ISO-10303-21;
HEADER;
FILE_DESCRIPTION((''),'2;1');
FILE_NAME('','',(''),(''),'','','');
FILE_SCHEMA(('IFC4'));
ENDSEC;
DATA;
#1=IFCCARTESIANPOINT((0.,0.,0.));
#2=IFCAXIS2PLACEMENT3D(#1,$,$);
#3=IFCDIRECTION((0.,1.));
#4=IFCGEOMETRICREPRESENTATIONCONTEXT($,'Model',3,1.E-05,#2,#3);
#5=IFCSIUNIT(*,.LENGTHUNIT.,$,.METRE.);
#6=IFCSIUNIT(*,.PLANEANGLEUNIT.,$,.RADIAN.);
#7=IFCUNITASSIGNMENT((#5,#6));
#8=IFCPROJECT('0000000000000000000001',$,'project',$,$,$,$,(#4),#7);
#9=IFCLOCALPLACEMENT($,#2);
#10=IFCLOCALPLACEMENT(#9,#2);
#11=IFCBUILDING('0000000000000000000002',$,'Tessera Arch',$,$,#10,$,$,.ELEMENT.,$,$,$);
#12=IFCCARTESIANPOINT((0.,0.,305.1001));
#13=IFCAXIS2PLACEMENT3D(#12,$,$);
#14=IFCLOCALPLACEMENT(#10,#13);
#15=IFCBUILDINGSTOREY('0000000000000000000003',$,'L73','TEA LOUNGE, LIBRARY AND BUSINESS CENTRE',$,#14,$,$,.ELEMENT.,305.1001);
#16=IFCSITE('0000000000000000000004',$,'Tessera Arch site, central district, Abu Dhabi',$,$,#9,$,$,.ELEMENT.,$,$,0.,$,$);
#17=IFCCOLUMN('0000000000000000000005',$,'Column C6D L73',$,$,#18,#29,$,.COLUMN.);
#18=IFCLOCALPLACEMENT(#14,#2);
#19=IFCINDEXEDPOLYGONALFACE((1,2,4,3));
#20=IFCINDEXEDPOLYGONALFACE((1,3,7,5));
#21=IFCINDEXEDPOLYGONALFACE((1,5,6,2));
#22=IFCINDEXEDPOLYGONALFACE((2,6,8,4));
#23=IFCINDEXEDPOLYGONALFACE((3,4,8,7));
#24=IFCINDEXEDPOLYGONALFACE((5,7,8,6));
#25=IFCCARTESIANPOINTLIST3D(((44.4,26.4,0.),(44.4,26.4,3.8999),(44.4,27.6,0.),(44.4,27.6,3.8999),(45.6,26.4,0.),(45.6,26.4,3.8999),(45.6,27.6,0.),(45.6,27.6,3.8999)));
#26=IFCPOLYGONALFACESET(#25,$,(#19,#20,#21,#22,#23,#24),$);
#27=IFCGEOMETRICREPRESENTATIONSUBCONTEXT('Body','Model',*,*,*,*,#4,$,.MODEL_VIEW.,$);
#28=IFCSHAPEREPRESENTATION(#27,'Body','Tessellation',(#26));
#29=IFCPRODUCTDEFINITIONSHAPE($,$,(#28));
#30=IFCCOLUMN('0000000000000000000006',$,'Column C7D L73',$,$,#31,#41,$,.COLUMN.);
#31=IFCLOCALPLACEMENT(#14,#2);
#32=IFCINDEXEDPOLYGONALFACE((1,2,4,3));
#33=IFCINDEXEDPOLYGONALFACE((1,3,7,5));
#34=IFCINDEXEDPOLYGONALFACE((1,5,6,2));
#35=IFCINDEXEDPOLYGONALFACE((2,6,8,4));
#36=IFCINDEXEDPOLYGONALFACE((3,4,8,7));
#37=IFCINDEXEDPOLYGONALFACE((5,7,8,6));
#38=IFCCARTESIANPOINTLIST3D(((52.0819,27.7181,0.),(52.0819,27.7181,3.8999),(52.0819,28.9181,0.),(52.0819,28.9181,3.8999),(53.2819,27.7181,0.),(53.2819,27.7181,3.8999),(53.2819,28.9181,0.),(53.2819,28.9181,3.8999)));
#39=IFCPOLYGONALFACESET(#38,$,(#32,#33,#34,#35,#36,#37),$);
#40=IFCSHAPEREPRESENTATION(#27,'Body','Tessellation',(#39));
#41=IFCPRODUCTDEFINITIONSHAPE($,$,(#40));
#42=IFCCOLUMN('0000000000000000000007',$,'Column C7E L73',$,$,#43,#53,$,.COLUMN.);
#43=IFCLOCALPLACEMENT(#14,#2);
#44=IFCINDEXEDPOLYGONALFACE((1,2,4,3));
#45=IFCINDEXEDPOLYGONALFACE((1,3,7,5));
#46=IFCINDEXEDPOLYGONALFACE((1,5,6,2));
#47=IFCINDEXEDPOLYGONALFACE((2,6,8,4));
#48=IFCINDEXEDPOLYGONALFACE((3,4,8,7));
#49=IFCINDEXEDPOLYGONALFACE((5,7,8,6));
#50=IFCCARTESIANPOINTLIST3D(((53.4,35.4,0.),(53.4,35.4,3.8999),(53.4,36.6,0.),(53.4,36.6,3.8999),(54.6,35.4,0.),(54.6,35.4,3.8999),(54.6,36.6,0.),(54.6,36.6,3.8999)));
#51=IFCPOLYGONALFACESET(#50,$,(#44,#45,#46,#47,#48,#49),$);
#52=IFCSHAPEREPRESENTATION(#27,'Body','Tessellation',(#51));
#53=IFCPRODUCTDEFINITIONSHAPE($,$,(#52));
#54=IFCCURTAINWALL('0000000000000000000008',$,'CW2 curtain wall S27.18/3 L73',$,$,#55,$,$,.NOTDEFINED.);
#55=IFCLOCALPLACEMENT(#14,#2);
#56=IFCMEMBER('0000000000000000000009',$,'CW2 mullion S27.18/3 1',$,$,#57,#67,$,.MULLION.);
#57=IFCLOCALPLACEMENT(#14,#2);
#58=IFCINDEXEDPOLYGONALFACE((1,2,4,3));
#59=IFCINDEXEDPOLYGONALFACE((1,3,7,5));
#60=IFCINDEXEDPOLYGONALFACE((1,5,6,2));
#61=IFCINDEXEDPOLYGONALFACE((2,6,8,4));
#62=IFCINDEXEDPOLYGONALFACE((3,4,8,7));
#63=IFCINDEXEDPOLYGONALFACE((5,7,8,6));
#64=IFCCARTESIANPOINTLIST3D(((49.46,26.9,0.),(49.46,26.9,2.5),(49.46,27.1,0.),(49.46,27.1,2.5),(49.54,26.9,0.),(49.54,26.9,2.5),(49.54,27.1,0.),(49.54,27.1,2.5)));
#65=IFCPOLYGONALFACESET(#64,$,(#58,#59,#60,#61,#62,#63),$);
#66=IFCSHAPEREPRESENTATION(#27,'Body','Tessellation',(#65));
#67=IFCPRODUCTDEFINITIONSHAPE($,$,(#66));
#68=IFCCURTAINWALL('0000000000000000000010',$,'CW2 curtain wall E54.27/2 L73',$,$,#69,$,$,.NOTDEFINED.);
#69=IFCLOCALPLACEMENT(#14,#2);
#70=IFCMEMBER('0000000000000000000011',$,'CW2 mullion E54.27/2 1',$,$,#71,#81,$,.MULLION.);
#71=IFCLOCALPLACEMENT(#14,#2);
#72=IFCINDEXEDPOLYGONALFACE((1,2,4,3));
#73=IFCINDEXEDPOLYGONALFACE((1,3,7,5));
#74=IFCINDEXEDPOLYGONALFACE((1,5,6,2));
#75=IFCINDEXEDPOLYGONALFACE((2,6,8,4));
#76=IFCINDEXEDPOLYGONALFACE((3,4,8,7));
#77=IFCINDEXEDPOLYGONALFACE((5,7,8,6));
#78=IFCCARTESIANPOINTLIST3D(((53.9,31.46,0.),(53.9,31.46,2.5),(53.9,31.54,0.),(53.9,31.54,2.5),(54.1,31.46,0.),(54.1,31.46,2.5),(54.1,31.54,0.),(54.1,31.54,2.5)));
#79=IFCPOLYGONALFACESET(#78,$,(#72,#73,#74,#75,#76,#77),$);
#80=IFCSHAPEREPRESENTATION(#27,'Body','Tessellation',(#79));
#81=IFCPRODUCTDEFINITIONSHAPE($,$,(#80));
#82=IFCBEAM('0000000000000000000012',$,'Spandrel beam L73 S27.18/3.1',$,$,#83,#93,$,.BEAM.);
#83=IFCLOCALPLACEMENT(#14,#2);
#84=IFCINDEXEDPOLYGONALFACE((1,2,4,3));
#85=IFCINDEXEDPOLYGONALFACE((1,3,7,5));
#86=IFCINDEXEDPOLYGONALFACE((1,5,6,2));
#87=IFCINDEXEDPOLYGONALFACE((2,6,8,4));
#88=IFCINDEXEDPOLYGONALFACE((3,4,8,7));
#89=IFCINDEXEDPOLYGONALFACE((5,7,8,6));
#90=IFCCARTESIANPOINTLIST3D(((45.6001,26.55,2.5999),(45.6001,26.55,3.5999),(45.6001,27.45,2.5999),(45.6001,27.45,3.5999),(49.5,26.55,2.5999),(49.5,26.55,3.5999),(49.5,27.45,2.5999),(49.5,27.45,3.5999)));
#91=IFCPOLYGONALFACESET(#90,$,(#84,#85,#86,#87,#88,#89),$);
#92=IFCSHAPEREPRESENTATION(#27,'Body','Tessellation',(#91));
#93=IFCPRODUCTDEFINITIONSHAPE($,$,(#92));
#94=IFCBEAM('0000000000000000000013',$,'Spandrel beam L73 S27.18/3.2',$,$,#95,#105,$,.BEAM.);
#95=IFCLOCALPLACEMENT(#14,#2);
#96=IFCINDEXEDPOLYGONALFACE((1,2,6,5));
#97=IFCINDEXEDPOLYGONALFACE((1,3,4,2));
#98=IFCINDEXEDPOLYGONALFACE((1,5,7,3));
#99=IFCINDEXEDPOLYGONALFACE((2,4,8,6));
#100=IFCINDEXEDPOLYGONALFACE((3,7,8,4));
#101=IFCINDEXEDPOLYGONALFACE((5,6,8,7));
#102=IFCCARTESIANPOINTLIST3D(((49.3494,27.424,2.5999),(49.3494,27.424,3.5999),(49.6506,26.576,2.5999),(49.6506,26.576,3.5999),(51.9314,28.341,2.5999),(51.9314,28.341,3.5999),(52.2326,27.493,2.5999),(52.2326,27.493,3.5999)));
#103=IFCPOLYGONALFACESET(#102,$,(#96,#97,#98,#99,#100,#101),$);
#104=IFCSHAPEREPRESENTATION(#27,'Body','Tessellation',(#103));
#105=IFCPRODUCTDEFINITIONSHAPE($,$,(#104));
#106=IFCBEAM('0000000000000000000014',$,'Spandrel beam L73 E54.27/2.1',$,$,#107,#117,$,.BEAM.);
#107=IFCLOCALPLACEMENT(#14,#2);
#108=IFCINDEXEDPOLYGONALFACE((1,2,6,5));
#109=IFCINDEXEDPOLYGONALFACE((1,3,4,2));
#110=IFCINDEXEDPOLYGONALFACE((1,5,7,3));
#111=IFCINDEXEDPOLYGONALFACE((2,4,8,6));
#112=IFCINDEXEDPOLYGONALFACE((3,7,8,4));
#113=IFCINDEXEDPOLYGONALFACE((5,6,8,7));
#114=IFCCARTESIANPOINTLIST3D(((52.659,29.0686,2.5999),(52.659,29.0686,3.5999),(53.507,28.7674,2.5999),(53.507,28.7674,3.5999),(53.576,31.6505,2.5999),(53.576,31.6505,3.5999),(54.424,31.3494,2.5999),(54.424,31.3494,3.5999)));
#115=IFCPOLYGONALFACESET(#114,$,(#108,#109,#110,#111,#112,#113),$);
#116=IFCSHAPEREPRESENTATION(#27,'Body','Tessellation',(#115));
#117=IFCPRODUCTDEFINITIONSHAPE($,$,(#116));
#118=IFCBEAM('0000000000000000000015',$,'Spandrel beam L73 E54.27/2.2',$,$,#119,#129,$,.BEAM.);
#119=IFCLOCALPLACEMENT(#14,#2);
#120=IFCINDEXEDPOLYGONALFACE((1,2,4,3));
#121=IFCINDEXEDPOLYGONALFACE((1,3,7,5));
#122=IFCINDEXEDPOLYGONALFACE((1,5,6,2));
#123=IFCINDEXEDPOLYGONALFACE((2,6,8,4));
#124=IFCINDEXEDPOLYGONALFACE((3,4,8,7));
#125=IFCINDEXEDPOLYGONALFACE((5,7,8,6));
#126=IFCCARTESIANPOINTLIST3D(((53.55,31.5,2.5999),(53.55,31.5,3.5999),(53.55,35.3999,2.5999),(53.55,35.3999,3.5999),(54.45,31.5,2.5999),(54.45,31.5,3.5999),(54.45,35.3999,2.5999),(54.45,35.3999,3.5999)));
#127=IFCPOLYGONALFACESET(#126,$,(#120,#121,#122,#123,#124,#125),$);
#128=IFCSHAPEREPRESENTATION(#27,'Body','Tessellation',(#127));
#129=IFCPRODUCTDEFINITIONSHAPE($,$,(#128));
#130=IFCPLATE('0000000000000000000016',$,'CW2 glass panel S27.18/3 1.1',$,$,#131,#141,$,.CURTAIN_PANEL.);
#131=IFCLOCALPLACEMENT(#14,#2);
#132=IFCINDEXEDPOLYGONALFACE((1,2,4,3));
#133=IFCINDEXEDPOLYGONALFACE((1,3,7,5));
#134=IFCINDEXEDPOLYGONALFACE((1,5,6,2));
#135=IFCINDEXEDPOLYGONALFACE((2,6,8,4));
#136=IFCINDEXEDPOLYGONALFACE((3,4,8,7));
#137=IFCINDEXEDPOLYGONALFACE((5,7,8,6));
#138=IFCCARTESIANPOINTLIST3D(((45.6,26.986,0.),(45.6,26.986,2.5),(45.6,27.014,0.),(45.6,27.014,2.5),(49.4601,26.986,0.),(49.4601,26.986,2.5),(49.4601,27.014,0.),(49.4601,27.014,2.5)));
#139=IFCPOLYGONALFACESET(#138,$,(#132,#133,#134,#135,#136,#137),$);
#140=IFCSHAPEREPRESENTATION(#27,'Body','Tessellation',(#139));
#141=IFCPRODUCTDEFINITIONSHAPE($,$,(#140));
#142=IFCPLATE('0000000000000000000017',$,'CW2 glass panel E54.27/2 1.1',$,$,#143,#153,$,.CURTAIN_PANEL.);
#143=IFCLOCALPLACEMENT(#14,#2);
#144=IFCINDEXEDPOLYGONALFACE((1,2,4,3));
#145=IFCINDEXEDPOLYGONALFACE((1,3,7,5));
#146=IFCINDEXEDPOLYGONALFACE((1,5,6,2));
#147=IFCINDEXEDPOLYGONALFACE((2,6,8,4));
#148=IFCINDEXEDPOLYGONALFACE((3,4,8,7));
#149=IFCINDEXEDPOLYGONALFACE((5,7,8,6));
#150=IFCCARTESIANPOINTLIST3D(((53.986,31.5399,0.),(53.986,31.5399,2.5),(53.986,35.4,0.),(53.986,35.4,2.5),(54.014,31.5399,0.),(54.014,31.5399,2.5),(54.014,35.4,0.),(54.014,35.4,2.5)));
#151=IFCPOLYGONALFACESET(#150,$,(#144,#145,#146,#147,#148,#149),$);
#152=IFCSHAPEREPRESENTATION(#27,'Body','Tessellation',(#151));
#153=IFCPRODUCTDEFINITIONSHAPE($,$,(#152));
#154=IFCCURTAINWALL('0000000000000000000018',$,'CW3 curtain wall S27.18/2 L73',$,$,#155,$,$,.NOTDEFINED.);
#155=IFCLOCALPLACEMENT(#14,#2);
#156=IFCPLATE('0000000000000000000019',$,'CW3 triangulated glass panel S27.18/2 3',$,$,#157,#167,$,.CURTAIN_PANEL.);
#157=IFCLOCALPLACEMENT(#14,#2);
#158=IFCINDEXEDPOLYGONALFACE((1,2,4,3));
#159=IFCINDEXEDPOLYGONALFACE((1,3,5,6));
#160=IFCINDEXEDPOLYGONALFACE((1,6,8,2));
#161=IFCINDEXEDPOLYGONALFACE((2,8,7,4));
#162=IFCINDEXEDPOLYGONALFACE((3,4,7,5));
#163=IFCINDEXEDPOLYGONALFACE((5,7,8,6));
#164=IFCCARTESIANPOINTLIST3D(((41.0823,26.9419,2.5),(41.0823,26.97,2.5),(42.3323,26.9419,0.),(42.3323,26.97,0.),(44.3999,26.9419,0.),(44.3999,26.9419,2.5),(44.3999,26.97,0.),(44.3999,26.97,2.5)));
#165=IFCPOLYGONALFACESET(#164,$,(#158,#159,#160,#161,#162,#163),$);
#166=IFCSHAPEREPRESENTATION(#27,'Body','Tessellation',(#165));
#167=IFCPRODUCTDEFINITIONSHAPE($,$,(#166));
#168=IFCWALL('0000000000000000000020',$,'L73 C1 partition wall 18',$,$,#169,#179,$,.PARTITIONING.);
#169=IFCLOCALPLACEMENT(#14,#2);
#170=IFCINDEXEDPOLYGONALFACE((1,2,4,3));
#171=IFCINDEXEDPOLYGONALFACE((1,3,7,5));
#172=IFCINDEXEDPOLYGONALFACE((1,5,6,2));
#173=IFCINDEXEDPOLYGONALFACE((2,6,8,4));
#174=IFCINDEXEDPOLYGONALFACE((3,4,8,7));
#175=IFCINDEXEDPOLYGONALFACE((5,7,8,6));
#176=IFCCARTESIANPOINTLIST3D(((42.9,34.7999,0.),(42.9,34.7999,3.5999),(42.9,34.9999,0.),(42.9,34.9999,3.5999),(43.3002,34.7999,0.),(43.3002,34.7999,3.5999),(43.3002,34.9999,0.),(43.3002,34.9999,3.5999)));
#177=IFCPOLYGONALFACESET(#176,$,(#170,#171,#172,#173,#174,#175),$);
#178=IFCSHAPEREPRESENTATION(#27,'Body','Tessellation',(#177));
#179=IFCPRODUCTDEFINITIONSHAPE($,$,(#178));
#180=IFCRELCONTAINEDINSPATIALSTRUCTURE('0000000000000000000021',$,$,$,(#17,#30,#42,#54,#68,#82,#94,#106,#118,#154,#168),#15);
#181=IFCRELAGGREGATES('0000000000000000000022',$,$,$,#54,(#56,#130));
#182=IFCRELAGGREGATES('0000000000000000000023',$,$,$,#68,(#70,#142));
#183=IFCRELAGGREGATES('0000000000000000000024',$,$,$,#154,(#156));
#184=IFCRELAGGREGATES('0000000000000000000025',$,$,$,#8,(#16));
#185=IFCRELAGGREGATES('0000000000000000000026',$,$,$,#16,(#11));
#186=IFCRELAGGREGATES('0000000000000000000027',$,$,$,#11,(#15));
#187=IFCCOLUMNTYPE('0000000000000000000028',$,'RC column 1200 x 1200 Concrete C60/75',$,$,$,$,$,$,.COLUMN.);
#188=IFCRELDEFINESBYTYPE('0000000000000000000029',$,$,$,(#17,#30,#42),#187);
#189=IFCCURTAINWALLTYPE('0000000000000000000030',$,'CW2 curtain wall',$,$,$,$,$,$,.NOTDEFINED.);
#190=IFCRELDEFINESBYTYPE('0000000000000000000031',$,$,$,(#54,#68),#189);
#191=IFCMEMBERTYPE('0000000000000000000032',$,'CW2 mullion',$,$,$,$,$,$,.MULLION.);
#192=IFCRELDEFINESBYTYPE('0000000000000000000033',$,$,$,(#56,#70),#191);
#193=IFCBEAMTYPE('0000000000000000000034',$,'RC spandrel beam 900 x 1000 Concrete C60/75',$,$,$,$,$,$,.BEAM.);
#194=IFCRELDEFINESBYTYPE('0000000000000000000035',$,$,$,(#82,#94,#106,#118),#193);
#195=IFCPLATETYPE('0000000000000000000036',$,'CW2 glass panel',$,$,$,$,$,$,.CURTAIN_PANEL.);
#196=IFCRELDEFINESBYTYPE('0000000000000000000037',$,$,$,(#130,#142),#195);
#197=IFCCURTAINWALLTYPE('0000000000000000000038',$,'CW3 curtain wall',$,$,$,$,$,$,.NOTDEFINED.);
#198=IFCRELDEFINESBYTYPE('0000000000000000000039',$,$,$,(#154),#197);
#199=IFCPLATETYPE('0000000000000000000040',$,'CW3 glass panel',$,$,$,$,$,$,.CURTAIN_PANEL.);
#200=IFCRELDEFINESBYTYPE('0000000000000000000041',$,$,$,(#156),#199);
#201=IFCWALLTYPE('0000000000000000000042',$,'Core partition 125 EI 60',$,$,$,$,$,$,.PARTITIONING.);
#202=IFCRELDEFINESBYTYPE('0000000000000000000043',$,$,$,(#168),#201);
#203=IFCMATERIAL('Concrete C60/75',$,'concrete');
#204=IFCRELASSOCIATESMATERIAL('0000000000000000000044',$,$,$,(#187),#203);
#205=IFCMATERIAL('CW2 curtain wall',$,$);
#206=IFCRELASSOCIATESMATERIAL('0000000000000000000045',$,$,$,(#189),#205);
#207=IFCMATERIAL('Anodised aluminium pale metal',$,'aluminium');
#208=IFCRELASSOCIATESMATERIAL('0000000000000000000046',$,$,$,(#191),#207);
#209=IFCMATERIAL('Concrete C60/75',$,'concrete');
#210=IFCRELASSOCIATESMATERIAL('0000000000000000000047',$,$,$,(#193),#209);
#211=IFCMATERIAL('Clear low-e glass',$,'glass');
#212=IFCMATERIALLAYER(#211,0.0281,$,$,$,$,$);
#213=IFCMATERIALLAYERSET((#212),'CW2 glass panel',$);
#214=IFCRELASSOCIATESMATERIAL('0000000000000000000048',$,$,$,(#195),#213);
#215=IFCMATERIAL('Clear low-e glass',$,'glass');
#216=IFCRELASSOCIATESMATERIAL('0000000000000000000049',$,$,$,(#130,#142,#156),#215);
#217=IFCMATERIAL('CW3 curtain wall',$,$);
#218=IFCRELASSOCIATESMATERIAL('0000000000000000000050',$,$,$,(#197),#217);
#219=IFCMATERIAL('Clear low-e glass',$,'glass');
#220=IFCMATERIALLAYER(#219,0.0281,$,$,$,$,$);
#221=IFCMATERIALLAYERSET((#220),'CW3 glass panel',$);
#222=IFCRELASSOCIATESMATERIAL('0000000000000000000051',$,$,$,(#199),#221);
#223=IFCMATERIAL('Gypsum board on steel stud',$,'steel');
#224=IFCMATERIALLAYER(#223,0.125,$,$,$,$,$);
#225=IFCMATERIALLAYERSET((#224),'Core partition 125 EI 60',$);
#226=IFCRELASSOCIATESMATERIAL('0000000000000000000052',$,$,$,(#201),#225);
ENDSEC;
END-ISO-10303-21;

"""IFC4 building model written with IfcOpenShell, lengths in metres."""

from ifc_helpers import new_model, si_unit, direction, frame, frame_2d, origin, origin_2d, place, context, subcontext, project, spatial, polyline, rectangle, outline, extrude, material, layer, layer_set, material_profile, profile_set, type_object, element, aggregate, save


model = new_model("IFC4")

# Units and contexts
model_context = context("Model", 3, precision=1e-05, world=origin(), true_north=direction((0.0, 1.0)))
body_context = subcontext(model_context, "Body", "Model", "MODEL_VIEW")
ifc_project = project(units=[si_unit("LENGTHUNIT", "METRE"), si_unit("PLANEANGLEUNIT", "RADIAN")], contexts=[model_context])

# Site, building, storey
site_placement = place(None, origin())
site = spatial("IfcSite", under=ifc_project, at=site_placement, Name="Tessera Arch site, central district, Abu Dhabi", CompositionType="ELEMENT", RefElevation=0.0)
building_placement = place(site_placement, origin())
building = spatial("IfcBuilding", under=site, at=building_placement, Name="Tessera Arch", CompositionType="ELEMENT")
storey_placement = place(building_placement, frame((0.0, 0.0, 305.1001)))
storey = spatial("IfcBuildingStorey", under=building, at=storey_placement, Name="L73", Description="TEA LOUNGE, LIBRARY AND BUSINESS CENTRE", CompositionType="ELEMENT", Elevation=305.1001)

# Columns
ifc_material_1 = material(Name="Concrete C60/75", Category="concrete")
ifc_material_profile_1 = material_profile(ifc_material_1, rectangle(XDim=1.2, YDim=1.2, at=origin_2d()), Name="RC column 1200 x 1200 Concrete C60/75")
ifc_profile_set_1 = profile_set([ifc_material_profile_1], Name="Concrete C60/75")
column_type = type_object("IfcColumnType", Name="RC column 1200 x 1200 Concrete C60/75", PredefinedType="COLUMN", material=ifc_profile_set_1)
for number, where, z_axis, x_axis, name in (
    (1, (45.0, 27.0, 0.0), (0.0, 0.0, 1.0), (1.0, 0.0, 0.0), "Column C6D L73"),
    (2, (52.6819, 28.3181, 0.0), (0.0, 0.0, 1.0), (1.0, 0.0, 0.0), "Column C7D L73"),
    (3, (54.0, 36.0, 0.0), (0.0, 0.0, 1.0), (1.0, 0.0, 0.0), "Column C7E L73"),
):
    element("IfcColumn", number, at=place(storey_placement, frame(where, z_axis=z_axis, x_axis=x_axis)), inside=storey, type_object=column_type, Name=name, PredefinedType="COLUMN", context=body_context, shape_type="SweptSolid", body=[
        extrude(rectangle(XDim=1.2, YDim=1.2, at=origin_2d()), origin(), (0.0, 0.0, 1.0), 3.8999),
    ])

# Curtain walls, members
ifc_material_2 = material(Name="CW2 curtain wall")
curtain_wall_type_1 = type_object("IfcCurtainWallType", Name="CW2 curtain wall", PredefinedType="NOTDEFINED", material=ifc_material_2)
curtain_wall_1_placement = place(storey_placement, origin())
curtain_wall_1 = element("IfcCurtainWall", 4, at=curtain_wall_1_placement, inside=storey, type_object=curtain_wall_type_1, Name="CW2 curtain wall S27.18/3 L73", PredefinedType="NOTDEFINED")
ifc_material_3 = material(Name="Anodised aluminium pale metal", Category="aluminium")
ifc_material_profile_2 = material_profile(ifc_material_3, rectangle(XDim=0.2, YDim=0.0801, at=origin_2d()), Name="AL 80x200")
ifc_profile_set_2 = profile_set([ifc_material_profile_2], Name="Anodised aluminium pale metal")
member_type = type_object("IfcMemberType", Name="CW2 mullion", PredefinedType="MULLION", material=ifc_profile_set_2)
member_1_placement = place(storey_placement, frame((49.5, 27.0, 0.0), z_axis=(0.0, 0.0, 1.0), x_axis=(0.0, 1.0, 0.0)))
member_1 = element("IfcMember", 5, at=member_1_placement, type_object=member_type, Name="CW2 mullion S27.18/3 1", PredefinedType="MULLION", context=body_context, shape_type="SweptSolid", body=[
    extrude(rectangle(XDim=0.2, YDim=0.0801, at=origin_2d()), origin(), (0.0, 0.0, 1.0), 2.5),
])
curtain_wall_2_placement = place(storey_placement, origin())
curtain_wall_2 = element("IfcCurtainWall", 6, at=curtain_wall_2_placement, inside=storey, type_object=curtain_wall_type_1, Name="CW2 curtain wall E54.27/2 L73", PredefinedType="NOTDEFINED")
member_2_placement = place(storey_placement, frame((54.0, 31.5, 0.0), z_axis=(0.0, 0.0, 1.0), x_axis=(-1.0, 0.0, 0.0)))
member_2 = element("IfcMember", 7, at=member_2_placement, type_object=member_type, Name="CW2 mullion E54.27/2 1", PredefinedType="MULLION", context=body_context, shape_type="SweptSolid", body=[
    extrude(rectangle(XDim=0.2, YDim=0.0801, at=origin_2d()), origin(), (0.0, 0.0, 1.0), 2.5),
])

# Beams
ifc_material_4 = material(Name="Concrete C60/75", Category="concrete")
ifc_material_profile_3 = material_profile(ifc_material_4, rectangle(XDim=0.8999, YDim=1.0, at=origin_2d()), Name="RC spandrel beam 900 x 1000 Concrete C60/75")
ifc_profile_set_3 = profile_set([ifc_material_profile_3], Name="Concrete C60/75")
beam_type = type_object("IfcBeamType", Name="RC spandrel beam 900 x 1000 Concrete C60/75", PredefinedType="BEAM", material=ifc_profile_set_3)
beam_1_placement = place(storey_placement, frame((45.6001, 27.0, 3.0999), z_axis=(1.0, 0.0, 0.0), x_axis=(0.0, 1.0, 0.0)))
element("IfcBeam", 8, at=beam_1_placement, inside=storey, type_object=beam_type, Name="Spandrel beam L73 S27.18/3.1", PredefinedType="BEAM", context=body_context, shape_type="SweptSolid", body=[
    extrude(rectangle(XDim=0.8999, YDim=1.0, at=origin_2d()), origin(), (0.0, 0.0, 1.0), 3.8999),
])
for number, where, z_axis, x_axis, name in (
    (9, (49.5, 27.0, 3.0999), (0.942337, 0.334665, 0.0), (-0.334665, 0.942337, 0.0), "Spandrel beam L73 S27.18/3.2"),
    (10, (53.083, 28.918, 3.0999), (0.334665, 0.942337, 0.0), (-0.942337, 0.334665, 0.0), "Spandrel beam L73 E54.27/2.1"),
):
    element("IfcBeam", number, at=place(storey_placement, frame(where, z_axis=z_axis, x_axis=x_axis)), inside=storey, type_object=beam_type, Name=name, PredefinedType="BEAM", context=body_context, shape_type="SweptSolid", body=[
        extrude(rectangle(XDim=0.8999, YDim=1.0, at=origin_2d()), origin(), (0.0, 0.0, 1.0), 2.74),
    ])
beam_2_placement = place(storey_placement, frame((54.0, 31.5, 3.0999), z_axis=(0.0, 1.0, 0.0), x_axis=(-1.0, 0.0, 0.0)))
element("IfcBeam", 11, at=beam_2_placement, inside=storey, type_object=beam_type, Name="Spandrel beam L73 E54.27/2.2", PredefinedType="BEAM", context=body_context, shape_type="SweptSolid", body=[
    extrude(rectangle(XDim=0.8999, YDim=1.0, at=origin_2d()), origin(), (0.0, 0.0, 1.0), 3.8999),
])

# Plates
ifc_material_5 = material(Name="Clear low-e glass", Category="glass")
ifc_material_6 = material(Name="Clear low-e glass", Category="glass")
ifc_layer_1 = layer(ifc_material_6, 0.0281)
ifc_layer_set_1 = layer_set([ifc_layer_1], Name="CW2 glass panel")
plate_type_1 = type_object("IfcPlateType", Name="CW2 glass panel", PredefinedType="CURTAIN_PANEL", material=ifc_layer_set_1)
plate_1_placement = place(storey_placement, frame((47.53, 27.0, 0.0), z_axis=(0.0, 0.0, 1.0), x_axis=(1.0, 0.0, 0.0)))
plate_1 = element("IfcPlate", 12, at=plate_1_placement, type_object=plate_type_1, material=ifc_material_5, Name="CW2 glass panel S27.18/3 1.1", PredefinedType="CURTAIN_PANEL", context=body_context, shape_type="SweptSolid", body=[
    extrude(rectangle(XDim=3.8601, YDim=0.0281, at=origin_2d()), origin(), (0.0, 0.0, 1.0), 2.5),
])
aggregate(curtain_wall_1, [member_1, plate_1])
plate_2_placement = place(storey_placement, frame((54.0, 33.47, 0.0), z_axis=(0.0, 0.0, 1.0), x_axis=(0.0, 1.0, 0.0)))
plate_2 = element("IfcPlate", 13, at=plate_2_placement, type_object=plate_type_1, material=ifc_material_5, Name="CW2 glass panel E54.27/2 1.1", PredefinedType="CURTAIN_PANEL", context=body_context, shape_type="SweptSolid", body=[
    extrude(rectangle(XDim=3.8601, YDim=0.0281, at=origin_2d()), origin(), (0.0, 0.0, 1.0), 2.5),
])
aggregate(curtain_wall_2, [member_2, plate_2])

# Curtain wall, plate
ifc_material_7 = material(Name="CW3 curtain wall")
curtain_wall_type_2 = type_object("IfcCurtainWallType", Name="CW3 curtain wall", PredefinedType="NOTDEFINED", material=ifc_material_7)
curtain_wall_3_placement = place(storey_placement, origin())
curtain_wall_3 = element("IfcCurtainWall", 14, at=curtain_wall_3_placement, inside=storey, type_object=curtain_wall_type_2, Name="CW3 curtain wall S27.18/2 L73", PredefinedType="NOTDEFINED")
ifc_material_8 = material(Name="Clear low-e glass", Category="glass")
ifc_layer_2 = layer(ifc_material_8, 0.0281)
ifc_layer_set_2 = layer_set([ifc_layer_2], Name="CW3 glass panel")
plate_type_2 = type_object("IfcPlateType", Name="CW3 glass panel", PredefinedType="CURTAIN_PANEL", material=ifc_layer_set_2)
plate_3_placement = place(storey_placement, frame((44.3999, 26.9419, 2.5), z_axis=(0.0, -1.0, 0.0), x_axis=(-1.0, 0.0, 0.0)))
plate_3 = element("IfcPlate", 15, at=plate_3_placement, type_object=plate_type_2, material=ifc_material_5, Name="CW3 triangulated glass panel S27.18/2 3", PredefinedType="CURTAIN_PANEL", context=body_context, shape_type="SweptSolid", body=[
    extrude(outline(polyline([(0.0, 0.0), (3.3176, 0.0), (2.0676, 2.5), (0.0, 2.5), (0.0, 0.0)])), origin(), (0.0, 0.0, -1.0), 0.0281),
])
aggregate(curtain_wall_3, [plate_3])

# Wall
ifc_material_9 = material(Name="Gypsum board on steel stud", Category="steel")
ifc_layer_3 = layer(ifc_material_9, 0.125)
ifc_layer_set_3 = layer_set([ifc_layer_3], Name="Core partition 125 EI 60")
wall_type_1 = type_object("IfcWallType", Name="Core partition 125 EI 60", PredefinedType="PARTITIONING", material=ifc_layer_set_3)
wall_1_placement = place(storey_placement, frame((42.8999, 34.8999, 0.0), z_axis=(0.0, 0.0, 1.0), x_axis=(1.0, 0.0, 0.0)))
element("IfcWall", 16, at=wall_1_placement, inside=storey, type_object=wall_type_1, Name="L73 C1 partition wall 18", PredefinedType="PARTITIONING", context=body_context, shape_type="SweptSolid", body=[
    extrude(rectangle(XDim=0.4001, YDim=0.2, at=frame_2d((0.2002, 0.0))), origin(), (0.0, 0.0, 1.0), 3.5999),
])

save(model, "model.ifc")
